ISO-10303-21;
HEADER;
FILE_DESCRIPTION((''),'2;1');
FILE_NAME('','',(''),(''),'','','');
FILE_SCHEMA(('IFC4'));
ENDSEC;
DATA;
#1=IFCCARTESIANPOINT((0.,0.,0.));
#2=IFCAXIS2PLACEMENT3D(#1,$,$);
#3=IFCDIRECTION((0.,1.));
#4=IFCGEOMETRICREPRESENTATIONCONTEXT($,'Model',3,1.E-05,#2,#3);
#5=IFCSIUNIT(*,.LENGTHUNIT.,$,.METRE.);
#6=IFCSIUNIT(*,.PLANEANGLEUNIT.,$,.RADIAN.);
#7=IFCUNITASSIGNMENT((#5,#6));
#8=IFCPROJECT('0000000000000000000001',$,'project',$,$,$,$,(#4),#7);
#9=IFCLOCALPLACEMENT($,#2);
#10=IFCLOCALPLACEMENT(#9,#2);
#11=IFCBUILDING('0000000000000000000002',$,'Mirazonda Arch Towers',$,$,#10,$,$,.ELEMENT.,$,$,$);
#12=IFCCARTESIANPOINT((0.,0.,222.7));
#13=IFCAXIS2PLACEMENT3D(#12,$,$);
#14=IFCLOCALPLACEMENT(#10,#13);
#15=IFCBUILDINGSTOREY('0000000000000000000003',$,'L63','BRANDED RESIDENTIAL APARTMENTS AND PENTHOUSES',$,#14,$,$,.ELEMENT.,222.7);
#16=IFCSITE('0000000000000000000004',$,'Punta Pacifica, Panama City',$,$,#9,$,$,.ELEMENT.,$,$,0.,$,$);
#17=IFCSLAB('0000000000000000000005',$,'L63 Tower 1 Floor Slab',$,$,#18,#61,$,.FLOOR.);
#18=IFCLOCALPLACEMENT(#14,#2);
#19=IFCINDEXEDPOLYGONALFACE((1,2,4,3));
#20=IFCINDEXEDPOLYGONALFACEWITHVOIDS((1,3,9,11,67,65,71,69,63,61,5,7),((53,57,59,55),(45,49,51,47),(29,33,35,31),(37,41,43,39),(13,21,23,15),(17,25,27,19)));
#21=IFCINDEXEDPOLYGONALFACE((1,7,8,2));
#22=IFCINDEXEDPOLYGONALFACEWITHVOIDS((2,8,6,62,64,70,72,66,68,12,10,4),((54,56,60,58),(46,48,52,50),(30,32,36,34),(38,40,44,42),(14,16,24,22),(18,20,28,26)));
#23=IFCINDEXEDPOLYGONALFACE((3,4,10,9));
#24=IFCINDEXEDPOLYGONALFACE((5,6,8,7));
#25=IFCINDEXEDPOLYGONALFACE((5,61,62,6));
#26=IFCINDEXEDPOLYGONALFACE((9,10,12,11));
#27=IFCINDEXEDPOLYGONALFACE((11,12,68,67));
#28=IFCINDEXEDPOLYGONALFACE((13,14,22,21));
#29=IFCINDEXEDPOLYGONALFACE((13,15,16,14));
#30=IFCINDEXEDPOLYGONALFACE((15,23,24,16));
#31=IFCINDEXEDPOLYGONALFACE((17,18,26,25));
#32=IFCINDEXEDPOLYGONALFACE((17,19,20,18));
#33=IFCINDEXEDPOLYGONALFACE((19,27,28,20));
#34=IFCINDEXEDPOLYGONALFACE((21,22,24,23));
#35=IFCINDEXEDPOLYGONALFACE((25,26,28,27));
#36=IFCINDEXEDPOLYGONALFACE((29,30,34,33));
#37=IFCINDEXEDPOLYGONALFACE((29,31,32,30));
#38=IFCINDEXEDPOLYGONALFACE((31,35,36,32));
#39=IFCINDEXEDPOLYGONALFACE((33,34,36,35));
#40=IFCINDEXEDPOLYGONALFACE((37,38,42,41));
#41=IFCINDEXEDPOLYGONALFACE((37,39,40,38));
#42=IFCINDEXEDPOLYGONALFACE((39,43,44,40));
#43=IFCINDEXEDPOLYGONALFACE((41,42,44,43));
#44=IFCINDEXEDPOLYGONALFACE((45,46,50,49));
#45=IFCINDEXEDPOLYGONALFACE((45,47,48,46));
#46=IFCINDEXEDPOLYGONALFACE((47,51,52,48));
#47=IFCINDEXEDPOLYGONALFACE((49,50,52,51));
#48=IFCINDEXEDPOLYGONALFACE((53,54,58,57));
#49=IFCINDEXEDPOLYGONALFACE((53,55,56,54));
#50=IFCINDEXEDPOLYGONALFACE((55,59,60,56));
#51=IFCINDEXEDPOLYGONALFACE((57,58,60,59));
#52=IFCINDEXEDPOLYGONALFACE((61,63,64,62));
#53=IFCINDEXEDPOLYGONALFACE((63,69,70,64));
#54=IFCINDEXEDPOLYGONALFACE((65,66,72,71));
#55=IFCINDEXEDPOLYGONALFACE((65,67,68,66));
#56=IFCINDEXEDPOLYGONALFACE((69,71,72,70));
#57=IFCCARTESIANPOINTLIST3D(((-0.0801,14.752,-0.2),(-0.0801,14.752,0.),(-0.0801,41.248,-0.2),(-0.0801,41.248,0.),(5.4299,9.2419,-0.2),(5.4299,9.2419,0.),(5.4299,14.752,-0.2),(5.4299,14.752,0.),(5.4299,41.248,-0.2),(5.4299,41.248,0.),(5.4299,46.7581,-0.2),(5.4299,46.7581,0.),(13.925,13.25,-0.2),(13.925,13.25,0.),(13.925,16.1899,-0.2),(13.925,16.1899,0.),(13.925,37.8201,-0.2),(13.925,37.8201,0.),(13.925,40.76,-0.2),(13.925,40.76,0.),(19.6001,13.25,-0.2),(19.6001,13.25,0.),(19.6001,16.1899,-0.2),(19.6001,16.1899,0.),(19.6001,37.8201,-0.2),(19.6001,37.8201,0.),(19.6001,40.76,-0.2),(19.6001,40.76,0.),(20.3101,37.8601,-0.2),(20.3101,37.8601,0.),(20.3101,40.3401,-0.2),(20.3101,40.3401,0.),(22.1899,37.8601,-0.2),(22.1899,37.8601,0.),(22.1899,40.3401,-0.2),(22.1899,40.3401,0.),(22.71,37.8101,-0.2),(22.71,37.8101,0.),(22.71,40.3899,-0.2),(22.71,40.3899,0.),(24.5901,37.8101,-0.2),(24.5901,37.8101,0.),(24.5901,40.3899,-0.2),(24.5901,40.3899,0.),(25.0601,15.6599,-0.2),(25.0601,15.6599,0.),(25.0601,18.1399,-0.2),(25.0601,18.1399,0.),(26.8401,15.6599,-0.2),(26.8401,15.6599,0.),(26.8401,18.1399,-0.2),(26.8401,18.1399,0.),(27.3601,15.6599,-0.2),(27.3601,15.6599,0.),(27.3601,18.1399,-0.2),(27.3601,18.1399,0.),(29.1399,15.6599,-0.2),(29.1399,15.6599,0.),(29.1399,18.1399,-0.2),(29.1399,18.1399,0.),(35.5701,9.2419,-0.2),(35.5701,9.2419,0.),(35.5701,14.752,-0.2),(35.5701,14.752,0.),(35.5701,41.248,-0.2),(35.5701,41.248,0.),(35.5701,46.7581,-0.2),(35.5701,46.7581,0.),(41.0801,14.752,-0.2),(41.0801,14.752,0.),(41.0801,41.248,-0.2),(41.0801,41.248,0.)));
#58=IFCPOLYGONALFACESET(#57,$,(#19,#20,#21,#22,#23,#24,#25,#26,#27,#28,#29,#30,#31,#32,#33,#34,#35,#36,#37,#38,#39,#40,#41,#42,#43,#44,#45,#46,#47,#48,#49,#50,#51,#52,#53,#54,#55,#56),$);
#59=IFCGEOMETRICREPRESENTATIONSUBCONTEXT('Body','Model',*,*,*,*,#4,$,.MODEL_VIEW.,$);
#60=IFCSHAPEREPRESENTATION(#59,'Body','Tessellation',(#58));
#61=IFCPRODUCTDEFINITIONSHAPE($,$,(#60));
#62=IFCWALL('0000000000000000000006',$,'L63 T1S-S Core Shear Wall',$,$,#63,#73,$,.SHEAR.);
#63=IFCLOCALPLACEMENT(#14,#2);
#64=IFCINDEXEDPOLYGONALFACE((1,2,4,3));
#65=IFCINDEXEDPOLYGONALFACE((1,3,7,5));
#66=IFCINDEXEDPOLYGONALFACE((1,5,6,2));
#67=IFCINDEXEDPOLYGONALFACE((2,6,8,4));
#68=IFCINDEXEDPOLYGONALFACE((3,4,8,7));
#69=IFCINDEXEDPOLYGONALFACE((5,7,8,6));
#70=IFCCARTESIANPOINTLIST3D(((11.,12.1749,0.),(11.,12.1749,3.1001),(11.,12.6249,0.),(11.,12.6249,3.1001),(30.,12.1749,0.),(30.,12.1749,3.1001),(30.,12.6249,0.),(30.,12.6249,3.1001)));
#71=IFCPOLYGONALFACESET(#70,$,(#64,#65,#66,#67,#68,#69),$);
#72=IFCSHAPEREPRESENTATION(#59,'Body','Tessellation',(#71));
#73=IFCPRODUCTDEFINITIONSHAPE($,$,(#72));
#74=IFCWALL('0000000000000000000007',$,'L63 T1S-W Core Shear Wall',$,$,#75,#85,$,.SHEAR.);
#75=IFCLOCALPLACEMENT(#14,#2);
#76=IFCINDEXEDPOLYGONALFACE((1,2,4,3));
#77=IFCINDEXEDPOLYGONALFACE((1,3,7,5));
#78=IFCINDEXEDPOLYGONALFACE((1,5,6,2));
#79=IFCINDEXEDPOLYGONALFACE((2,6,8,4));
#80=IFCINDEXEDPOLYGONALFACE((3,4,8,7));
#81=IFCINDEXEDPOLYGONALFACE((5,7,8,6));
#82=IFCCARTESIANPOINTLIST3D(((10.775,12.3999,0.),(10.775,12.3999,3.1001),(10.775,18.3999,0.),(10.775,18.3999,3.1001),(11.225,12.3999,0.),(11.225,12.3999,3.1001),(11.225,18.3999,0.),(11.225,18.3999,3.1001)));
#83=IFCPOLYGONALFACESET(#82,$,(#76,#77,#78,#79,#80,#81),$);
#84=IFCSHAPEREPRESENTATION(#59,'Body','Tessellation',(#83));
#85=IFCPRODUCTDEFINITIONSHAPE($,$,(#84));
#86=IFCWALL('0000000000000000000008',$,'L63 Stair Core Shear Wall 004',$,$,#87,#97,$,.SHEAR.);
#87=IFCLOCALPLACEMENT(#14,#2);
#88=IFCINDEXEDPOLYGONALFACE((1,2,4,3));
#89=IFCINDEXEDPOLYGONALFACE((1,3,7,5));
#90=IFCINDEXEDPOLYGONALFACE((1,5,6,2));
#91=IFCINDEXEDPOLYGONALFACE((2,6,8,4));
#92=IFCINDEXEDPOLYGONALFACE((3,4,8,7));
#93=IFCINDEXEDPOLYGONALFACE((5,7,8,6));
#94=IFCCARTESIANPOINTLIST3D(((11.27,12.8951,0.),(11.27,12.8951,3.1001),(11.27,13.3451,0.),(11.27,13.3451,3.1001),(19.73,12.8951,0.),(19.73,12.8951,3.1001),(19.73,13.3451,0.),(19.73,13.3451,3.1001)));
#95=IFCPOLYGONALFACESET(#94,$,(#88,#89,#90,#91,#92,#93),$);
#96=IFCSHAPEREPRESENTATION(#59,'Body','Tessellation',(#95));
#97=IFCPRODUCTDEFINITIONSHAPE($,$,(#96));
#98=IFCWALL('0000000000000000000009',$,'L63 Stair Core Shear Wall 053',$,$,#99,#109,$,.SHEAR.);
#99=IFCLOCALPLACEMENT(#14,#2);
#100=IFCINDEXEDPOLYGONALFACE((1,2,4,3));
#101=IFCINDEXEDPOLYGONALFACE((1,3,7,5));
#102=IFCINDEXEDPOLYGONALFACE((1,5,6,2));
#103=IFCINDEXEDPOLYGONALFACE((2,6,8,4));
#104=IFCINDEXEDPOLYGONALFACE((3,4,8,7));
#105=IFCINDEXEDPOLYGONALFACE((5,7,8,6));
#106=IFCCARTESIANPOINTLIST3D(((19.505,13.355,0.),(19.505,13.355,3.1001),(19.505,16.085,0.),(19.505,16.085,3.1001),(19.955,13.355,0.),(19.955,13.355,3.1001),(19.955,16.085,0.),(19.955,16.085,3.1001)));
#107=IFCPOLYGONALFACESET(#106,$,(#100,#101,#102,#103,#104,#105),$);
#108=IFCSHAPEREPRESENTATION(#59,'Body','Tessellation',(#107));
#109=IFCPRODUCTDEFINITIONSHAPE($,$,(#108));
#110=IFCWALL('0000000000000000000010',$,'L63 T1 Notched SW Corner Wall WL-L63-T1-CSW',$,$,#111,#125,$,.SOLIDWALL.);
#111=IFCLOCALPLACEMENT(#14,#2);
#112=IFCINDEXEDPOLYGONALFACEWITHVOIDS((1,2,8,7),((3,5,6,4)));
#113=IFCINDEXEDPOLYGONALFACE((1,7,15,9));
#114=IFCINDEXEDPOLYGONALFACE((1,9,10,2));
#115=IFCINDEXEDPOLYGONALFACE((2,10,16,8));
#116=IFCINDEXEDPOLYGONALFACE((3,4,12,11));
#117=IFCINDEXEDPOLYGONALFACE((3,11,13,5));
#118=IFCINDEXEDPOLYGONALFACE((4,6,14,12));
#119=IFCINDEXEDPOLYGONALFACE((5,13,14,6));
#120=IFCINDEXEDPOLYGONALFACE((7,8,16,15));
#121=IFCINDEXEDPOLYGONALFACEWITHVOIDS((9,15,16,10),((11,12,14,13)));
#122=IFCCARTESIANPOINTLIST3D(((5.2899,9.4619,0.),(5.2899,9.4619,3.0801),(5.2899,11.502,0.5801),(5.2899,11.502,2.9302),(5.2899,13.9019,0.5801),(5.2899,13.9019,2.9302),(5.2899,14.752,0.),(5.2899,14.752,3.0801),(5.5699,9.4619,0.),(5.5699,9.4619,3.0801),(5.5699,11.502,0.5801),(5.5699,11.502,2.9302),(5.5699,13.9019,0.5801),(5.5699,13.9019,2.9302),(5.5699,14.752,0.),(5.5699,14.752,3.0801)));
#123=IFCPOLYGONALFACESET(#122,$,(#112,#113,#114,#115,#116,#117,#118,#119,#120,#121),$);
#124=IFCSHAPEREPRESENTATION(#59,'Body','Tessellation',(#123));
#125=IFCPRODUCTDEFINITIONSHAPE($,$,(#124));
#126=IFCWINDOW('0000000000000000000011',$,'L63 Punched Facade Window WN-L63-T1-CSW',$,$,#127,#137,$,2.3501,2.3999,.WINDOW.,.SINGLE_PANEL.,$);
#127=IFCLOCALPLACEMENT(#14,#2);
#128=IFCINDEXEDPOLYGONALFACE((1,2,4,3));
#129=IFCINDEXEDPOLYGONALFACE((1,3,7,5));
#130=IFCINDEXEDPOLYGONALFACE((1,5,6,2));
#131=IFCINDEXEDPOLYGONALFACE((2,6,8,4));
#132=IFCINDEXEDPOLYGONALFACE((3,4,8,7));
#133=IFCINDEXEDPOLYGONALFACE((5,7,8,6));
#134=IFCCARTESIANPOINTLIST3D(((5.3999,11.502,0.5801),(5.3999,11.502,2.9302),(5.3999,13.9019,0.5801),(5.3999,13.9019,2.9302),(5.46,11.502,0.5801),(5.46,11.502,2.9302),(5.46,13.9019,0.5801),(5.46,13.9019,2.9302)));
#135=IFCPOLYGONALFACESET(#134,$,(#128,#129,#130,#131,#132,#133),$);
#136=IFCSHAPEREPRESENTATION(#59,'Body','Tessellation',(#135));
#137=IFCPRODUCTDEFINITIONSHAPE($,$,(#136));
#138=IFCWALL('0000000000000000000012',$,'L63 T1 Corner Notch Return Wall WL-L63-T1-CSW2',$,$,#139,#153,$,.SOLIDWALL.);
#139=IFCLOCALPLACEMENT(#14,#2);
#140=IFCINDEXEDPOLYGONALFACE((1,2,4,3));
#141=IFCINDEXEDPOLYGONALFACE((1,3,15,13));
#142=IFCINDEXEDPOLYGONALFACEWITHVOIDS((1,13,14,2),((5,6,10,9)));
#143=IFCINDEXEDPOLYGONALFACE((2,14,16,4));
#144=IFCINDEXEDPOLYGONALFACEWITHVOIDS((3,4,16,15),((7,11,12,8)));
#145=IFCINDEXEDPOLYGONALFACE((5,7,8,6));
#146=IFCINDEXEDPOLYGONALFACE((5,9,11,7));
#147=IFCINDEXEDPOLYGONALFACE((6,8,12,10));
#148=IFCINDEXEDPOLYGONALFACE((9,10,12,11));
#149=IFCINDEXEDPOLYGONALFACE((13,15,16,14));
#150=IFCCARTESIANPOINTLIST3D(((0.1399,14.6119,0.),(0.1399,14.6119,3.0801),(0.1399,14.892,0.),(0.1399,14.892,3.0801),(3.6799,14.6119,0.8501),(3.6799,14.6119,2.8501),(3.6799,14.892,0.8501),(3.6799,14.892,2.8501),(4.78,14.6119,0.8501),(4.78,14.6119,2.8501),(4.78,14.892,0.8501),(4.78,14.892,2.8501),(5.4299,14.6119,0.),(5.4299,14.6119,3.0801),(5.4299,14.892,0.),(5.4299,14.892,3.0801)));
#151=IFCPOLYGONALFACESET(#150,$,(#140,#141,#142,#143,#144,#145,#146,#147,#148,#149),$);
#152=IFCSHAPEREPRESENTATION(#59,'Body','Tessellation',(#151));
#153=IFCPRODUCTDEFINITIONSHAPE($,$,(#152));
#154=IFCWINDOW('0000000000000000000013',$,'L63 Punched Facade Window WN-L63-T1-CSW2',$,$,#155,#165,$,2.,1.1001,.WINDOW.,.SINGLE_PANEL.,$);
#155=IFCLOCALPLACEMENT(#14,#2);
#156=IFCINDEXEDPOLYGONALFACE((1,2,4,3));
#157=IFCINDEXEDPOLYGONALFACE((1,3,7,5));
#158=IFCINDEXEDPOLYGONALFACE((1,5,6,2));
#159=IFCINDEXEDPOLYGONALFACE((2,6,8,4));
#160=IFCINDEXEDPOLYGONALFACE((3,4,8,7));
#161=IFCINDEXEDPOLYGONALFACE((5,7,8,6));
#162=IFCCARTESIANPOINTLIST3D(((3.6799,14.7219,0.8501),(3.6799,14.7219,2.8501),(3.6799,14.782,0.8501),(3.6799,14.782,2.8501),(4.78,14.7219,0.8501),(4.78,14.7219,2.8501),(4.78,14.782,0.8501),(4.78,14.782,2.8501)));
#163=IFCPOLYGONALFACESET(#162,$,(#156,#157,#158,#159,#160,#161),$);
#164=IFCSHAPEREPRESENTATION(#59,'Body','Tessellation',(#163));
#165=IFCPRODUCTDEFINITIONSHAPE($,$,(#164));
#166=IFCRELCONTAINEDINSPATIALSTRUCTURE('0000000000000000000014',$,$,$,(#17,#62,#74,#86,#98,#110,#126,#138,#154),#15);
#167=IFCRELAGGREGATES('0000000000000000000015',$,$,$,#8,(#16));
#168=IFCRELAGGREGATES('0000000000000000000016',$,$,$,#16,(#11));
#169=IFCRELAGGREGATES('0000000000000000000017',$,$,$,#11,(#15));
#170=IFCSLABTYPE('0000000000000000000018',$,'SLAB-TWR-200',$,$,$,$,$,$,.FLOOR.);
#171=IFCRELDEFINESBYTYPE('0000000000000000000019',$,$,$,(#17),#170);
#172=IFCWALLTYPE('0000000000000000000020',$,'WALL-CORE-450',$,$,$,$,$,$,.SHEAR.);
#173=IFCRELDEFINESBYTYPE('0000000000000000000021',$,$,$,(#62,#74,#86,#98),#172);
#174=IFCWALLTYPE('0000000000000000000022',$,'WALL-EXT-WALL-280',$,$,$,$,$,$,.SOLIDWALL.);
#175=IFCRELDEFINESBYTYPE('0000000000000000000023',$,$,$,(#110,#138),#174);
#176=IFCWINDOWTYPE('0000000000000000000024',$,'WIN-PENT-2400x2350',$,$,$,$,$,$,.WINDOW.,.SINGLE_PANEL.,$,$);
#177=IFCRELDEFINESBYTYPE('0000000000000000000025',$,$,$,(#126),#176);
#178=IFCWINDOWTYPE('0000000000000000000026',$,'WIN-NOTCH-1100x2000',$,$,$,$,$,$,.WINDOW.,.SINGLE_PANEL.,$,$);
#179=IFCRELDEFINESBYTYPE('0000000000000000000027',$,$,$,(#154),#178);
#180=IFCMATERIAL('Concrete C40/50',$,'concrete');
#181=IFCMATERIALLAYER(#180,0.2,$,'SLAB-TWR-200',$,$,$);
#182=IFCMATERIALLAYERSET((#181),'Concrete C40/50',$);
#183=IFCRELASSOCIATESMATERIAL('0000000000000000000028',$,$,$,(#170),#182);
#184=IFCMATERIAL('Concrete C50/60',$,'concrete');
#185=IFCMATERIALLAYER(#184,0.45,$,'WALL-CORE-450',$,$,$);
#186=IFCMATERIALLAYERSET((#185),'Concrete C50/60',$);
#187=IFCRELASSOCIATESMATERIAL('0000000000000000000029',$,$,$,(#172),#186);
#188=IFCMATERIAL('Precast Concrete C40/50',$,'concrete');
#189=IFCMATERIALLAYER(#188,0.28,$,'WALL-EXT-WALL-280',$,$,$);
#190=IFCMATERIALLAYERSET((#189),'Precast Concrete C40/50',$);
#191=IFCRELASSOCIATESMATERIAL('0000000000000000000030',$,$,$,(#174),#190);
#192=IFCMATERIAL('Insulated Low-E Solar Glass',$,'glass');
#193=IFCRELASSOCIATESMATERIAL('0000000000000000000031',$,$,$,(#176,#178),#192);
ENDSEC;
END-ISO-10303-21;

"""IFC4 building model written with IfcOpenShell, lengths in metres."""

from ifc_helpers import new_model, si_unit, direction, frame, frame_2d, origin, place, context, subcontext, project, spatial, polyline, rectangle, outline, extrude, material, layer, layer_set, type_object, element, fill, save


model = new_model("IFC4")

# Units and contexts
model_context = context("Model", 3, precision=1e-05, world=origin(), true_north=direction((0.0, 1.0)))
body_context = subcontext(model_context, "Body", "Model", "MODEL_VIEW")
ifc_project = project(units=[si_unit("LENGTHUNIT", "METRE"), si_unit("PLANEANGLEUNIT", "RADIAN")], contexts=[model_context])

# Site, building, storey
site_placement = place(None, origin())
site = spatial("IfcSite", under=ifc_project, at=site_placement, Name="Punta Pacifica, Panama City", CompositionType="ELEMENT", RefElevation=0.0)
building_placement = place(site_placement, origin())
building = spatial("IfcBuilding", under=site, at=building_placement, Name="Mirazonda Arch Towers", CompositionType="ELEMENT")
storey_placement = place(building_placement, frame((0.0, 0.0, 222.7)))
storey = spatial("IfcBuildingStorey", under=building, at=storey_placement, Name="L63", Description="BRANDED RESIDENTIAL APARTMENTS AND PENTHOUSES", CompositionType="ELEMENT", Elevation=222.7)

# Shared definitions
ifc_material_1 = material(Name="Concrete C50/60", Category="concrete")

# Shared definitions
ifc_material_2 = material(Name="Insulated Low-E Solar Glass", Category="glass")

# Shared definitions
ifc_material_3 = material(Name="Concrete C40/50", Category="concrete")

# Slab
ifc_layer_1 = layer(ifc_material_3, 0.2, Name="SLAB-TWR-200")
ifc_layer_set_1 = layer_set([ifc_layer_1], Name="Concrete C40/50")
slab_type_1 = type_object("IfcSlabType", Name="SLAB-TWR-200", PredefinedType="FLOOR", material=ifc_layer_set_1)
slab_1_placement = place(storey_placement, frame((0.0, 0.0, -0.2)))
element("IfcSlab", 1, at=slab_1_placement, inside=storey, type_object=slab_type_1, Name="L63 Tower 1 Floor Slab", PredefinedType="FLOOR", context=body_context, shape_type="SweptSolid", body=[
    extrude(outline(polyline([(5.4299, 9.2419), (35.5701, 9.2419), (35.5701, 14.752), (41.0801, 14.752), (41.0801, 41.248), (35.5701, 41.248), (35.5701, 46.7581), (5.4299, 46.7581), (5.4299, 41.248), (-0.0801, 41.248), (-0.0801, 14.752), (5.4299, 14.752), (5.4299, 9.2419)]), holes=[polyline([(27.3601, 18.1399), (29.1399, 18.1399), (29.1399, 15.6599), (27.3601, 15.6599), (27.3601, 18.1399)]), polyline([(25.0601, 18.1399), (26.8401, 18.1399), (26.8401, 15.6599), (25.0601, 15.6599), (25.0601, 18.1399)]), polyline([(22.71, 40.3899), (24.5901, 40.3899), (24.5901, 37.8101), (22.71, 37.8101), (22.71, 40.3899)]), polyline([(20.3101, 37.8601), (20.3101, 40.3401), (22.1899, 40.3401), (22.1899, 37.8601), (20.3101, 37.8601)]), polyline([(19.6001, 13.25), (13.925, 13.25), (13.925, 16.1899), (19.6001, 16.1899), (19.6001, 13.25)]), polyline([(13.925, 37.8201), (13.925, 40.76), (19.6001, 40.76), (19.6001, 37.8201), (13.925, 37.8201)])]), origin(), (0.0, 0.0, 1.0), 0.2),
])

# Walls
ifc_layer_2 = layer(ifc_material_1, 0.45, Name="WALL-CORE-450")
ifc_layer_set_2 = layer_set([ifc_layer_2], Name="Concrete C50/60")
wall_type_1 = type_object("IfcWallType", Name="WALL-CORE-450", PredefinedType="SHEAR", material=ifc_layer_set_2)
wall_1_placement = place(storey_placement, frame((11.0, 12.3999, 0.0), z_axis=(0.0, 0.0, 1.0), x_axis=(1.0, 0.0, 0.0)))
element("IfcWall", 2, at=wall_1_placement, inside=storey, type_object=wall_type_1, Name="L63 T1S-S Core Shear Wall", PredefinedType="SHEAR", context=body_context, shape_type="SweptSolid", body=[
    extrude(rectangle(XDim=19.0, YDim=0.45, at=frame_2d((9.5, 0.0))), origin(), (0.0, 0.0, 1.0), 3.1001),
])
wall_2_placement = place(storey_placement, frame((11.0, 12.3999, 0.0), z_axis=(0.0, 0.0, 1.0), x_axis=(0.0, 1.0, 0.0)))
element("IfcWall", 3, at=wall_2_placement, inside=storey, type_object=wall_type_1, Name="L63 T1S-W Core Shear Wall", PredefinedType="SHEAR", context=body_context, shape_type="SweptSolid", body=[
    extrude(rectangle(XDim=6.0, YDim=0.45, at=frame_2d((3.0, 0.0))), origin(), (0.0, 0.0, 1.0), 3.1001),
])
wall_3_placement = place(storey_placement, frame((11.27, 13.1201, 0.0), z_axis=(0.0, 0.0, 1.0), x_axis=(1.0, 0.0, 0.0)))
element("IfcWall", 4, at=wall_3_placement, inside=storey, type_object=wall_type_1, Name="L63 Stair Core Shear Wall 004", PredefinedType="SHEAR", context=body_context, shape_type="SweptSolid", body=[
    extrude(rectangle(XDim=8.46, YDim=0.45, at=frame_2d((4.23, 0.0))), origin(), (0.0, 0.0, 1.0), 3.1001),
])
wall_4_placement = place(storey_placement, frame((19.73, 13.355, 0.0), z_axis=(0.0, 0.0, 1.0), x_axis=(0.0, 1.0, 0.0)))
element("IfcWall", 5, at=wall_4_placement, inside=storey, type_object=wall_type_1, Name="L63 Stair Core Shear Wall 053", PredefinedType="SHEAR", context=body_context, shape_type="SweptSolid", body=[
    extrude(rectangle(XDim=2.73, YDim=0.45, at=frame_2d((1.365, 0.0))), origin(), (0.0, 0.0, 1.0), 3.1001),
])

# Walls, openings, windows
ifc_material_4 = material(Name="Precast Concrete C40/50", Category="concrete")
ifc_layer_3 = layer(ifc_material_4, 0.28, Name="WALL-EXT-WALL-280")
ifc_layer_set_3 = layer_set([ifc_layer_3], Name="Precast Concrete C40/50")
wall_type_2 = type_object("IfcWallType", Name="WALL-EXT-WALL-280", PredefinedType="SOLIDWALL", material=ifc_layer_set_3)
wall_5_placement = place(storey_placement, frame((5.4299, 14.752, 0.0), z_axis=(0.0, 0.0, 1.0), x_axis=(0.0, -1.0, 0.0)))
wall_5 = element("IfcWall", 6, at=wall_5_placement, inside=storey, type_object=wall_type_2, Name="L63 T1 Notched SW Corner Wall WL-L63-T1-CSW", PredefinedType="SOLIDWALL", context=body_context, shape_type="SweptSolid", body=[
    extrude(rectangle(XDim=5.29, YDim=0.28, at=frame_2d((2.645, 0.0))), origin(), (0.0, 0.0, 1.0), 3.0801),
])
opening_1_placement = place(wall_5_placement, frame((0.8501, 0.0, 0.5801)))
opening_1 = element("IfcOpeningElement", 7, at=opening_1_placement, cuts=wall_5, PredefinedType="OPENING", context=body_context, shape_type="SweptSolid", body=[
    extrude(rectangle(XDim=2.3999, YDim=2.3501, at=frame_2d((1.2, 1.175))), frame((0.0, 0.1499, 0.0), z_axis=(0.0, -1.0, 0.0), x_axis=(1.0, 0.0, 0.0)), (0.0, 0.0, 1.0), 0.3),
])
window_type_1 = type_object("IfcWindowType", Name="WIN-PENT-2400x2350", PartitioningType="SINGLE_PANEL", PredefinedType="WINDOW", material=ifc_material_2)
window_1_placement = place(opening_1_placement, origin())
window_1 = element("IfcWindow", 8, at=window_1_placement, inside=storey, type_object=window_type_1, Name="L63 Punched Facade Window WN-L63-T1-CSW", OverallHeight=2.3501, OverallWidth=2.3999, PartitioningType="SINGLE_PANEL", PredefinedType="WINDOW", context=body_context, shape_type="SweptSolid", body=[
    extrude(rectangle(XDim=2.3999, YDim=2.3501, at=frame_2d((1.2, 1.175))), frame((0.0, 0.03, 0.0), z_axis=(0.0, -1.0, 0.0), x_axis=(1.0, 0.0, 0.0)), (0.0, 0.0, 1.0), 0.0601),
])
fill(opening_1, window_1)
wall_6_placement = place(storey_placement, frame((0.1399, 14.752, 0.0), z_axis=(0.0, 0.0, 1.0), x_axis=(1.0, 0.0, 0.0)))
wall_6 = element("IfcWall", 9, at=wall_6_placement, inside=storey, type_object=wall_type_2, Name="L63 T1 Corner Notch Return Wall WL-L63-T1-CSW2", PredefinedType="SOLIDWALL", context=body_context, shape_type="SweptSolid", body=[
    extrude(rectangle(XDim=5.29, YDim=0.28, at=frame_2d((2.645, 0.0))), origin(), (0.0, 0.0, 1.0), 3.0801),
])
opening_2_placement = place(wall_6_placement, frame((3.54, 0.0, 0.8501)))
opening_2 = element("IfcOpeningElement", 10, at=opening_2_placement, cuts=wall_6, PredefinedType="OPENING", context=body_context, shape_type="SweptSolid", body=[
    extrude(rectangle(XDim=1.1001, YDim=2.0, at=frame_2d((0.55, 1.0))), frame((0.0, 0.1499, 0.0), z_axis=(0.0, -1.0, 0.0), x_axis=(1.0, 0.0, 0.0)), (0.0, 0.0, 1.0), 0.3),
])
window_type_2 = type_object("IfcWindowType", Name="WIN-NOTCH-1100x2000", PartitioningType="SINGLE_PANEL", PredefinedType="WINDOW", material=ifc_material_2)
window_2_placement = place(opening_2_placement, origin())
window_2 = element("IfcWindow", 11, at=window_2_placement, inside=storey, type_object=window_type_2, Name="L63 Punched Facade Window WN-L63-T1-CSW2", OverallHeight=2.0, OverallWidth=1.1001, PartitioningType="SINGLE_PANEL", PredefinedType="WINDOW", context=body_context, shape_type="SweptSolid", body=[
    extrude(rectangle(XDim=1.1001, YDim=2.0, at=frame_2d((0.55, 1.0))), frame((0.0, 0.03, 0.0), z_axis=(0.0, -1.0, 0.0), x_axis=(1.0, 0.0, 0.0)), (0.0, 0.0, 1.0), 0.0601),
])
fill(opening_2, window_2)

save(model, "model.ifc")
